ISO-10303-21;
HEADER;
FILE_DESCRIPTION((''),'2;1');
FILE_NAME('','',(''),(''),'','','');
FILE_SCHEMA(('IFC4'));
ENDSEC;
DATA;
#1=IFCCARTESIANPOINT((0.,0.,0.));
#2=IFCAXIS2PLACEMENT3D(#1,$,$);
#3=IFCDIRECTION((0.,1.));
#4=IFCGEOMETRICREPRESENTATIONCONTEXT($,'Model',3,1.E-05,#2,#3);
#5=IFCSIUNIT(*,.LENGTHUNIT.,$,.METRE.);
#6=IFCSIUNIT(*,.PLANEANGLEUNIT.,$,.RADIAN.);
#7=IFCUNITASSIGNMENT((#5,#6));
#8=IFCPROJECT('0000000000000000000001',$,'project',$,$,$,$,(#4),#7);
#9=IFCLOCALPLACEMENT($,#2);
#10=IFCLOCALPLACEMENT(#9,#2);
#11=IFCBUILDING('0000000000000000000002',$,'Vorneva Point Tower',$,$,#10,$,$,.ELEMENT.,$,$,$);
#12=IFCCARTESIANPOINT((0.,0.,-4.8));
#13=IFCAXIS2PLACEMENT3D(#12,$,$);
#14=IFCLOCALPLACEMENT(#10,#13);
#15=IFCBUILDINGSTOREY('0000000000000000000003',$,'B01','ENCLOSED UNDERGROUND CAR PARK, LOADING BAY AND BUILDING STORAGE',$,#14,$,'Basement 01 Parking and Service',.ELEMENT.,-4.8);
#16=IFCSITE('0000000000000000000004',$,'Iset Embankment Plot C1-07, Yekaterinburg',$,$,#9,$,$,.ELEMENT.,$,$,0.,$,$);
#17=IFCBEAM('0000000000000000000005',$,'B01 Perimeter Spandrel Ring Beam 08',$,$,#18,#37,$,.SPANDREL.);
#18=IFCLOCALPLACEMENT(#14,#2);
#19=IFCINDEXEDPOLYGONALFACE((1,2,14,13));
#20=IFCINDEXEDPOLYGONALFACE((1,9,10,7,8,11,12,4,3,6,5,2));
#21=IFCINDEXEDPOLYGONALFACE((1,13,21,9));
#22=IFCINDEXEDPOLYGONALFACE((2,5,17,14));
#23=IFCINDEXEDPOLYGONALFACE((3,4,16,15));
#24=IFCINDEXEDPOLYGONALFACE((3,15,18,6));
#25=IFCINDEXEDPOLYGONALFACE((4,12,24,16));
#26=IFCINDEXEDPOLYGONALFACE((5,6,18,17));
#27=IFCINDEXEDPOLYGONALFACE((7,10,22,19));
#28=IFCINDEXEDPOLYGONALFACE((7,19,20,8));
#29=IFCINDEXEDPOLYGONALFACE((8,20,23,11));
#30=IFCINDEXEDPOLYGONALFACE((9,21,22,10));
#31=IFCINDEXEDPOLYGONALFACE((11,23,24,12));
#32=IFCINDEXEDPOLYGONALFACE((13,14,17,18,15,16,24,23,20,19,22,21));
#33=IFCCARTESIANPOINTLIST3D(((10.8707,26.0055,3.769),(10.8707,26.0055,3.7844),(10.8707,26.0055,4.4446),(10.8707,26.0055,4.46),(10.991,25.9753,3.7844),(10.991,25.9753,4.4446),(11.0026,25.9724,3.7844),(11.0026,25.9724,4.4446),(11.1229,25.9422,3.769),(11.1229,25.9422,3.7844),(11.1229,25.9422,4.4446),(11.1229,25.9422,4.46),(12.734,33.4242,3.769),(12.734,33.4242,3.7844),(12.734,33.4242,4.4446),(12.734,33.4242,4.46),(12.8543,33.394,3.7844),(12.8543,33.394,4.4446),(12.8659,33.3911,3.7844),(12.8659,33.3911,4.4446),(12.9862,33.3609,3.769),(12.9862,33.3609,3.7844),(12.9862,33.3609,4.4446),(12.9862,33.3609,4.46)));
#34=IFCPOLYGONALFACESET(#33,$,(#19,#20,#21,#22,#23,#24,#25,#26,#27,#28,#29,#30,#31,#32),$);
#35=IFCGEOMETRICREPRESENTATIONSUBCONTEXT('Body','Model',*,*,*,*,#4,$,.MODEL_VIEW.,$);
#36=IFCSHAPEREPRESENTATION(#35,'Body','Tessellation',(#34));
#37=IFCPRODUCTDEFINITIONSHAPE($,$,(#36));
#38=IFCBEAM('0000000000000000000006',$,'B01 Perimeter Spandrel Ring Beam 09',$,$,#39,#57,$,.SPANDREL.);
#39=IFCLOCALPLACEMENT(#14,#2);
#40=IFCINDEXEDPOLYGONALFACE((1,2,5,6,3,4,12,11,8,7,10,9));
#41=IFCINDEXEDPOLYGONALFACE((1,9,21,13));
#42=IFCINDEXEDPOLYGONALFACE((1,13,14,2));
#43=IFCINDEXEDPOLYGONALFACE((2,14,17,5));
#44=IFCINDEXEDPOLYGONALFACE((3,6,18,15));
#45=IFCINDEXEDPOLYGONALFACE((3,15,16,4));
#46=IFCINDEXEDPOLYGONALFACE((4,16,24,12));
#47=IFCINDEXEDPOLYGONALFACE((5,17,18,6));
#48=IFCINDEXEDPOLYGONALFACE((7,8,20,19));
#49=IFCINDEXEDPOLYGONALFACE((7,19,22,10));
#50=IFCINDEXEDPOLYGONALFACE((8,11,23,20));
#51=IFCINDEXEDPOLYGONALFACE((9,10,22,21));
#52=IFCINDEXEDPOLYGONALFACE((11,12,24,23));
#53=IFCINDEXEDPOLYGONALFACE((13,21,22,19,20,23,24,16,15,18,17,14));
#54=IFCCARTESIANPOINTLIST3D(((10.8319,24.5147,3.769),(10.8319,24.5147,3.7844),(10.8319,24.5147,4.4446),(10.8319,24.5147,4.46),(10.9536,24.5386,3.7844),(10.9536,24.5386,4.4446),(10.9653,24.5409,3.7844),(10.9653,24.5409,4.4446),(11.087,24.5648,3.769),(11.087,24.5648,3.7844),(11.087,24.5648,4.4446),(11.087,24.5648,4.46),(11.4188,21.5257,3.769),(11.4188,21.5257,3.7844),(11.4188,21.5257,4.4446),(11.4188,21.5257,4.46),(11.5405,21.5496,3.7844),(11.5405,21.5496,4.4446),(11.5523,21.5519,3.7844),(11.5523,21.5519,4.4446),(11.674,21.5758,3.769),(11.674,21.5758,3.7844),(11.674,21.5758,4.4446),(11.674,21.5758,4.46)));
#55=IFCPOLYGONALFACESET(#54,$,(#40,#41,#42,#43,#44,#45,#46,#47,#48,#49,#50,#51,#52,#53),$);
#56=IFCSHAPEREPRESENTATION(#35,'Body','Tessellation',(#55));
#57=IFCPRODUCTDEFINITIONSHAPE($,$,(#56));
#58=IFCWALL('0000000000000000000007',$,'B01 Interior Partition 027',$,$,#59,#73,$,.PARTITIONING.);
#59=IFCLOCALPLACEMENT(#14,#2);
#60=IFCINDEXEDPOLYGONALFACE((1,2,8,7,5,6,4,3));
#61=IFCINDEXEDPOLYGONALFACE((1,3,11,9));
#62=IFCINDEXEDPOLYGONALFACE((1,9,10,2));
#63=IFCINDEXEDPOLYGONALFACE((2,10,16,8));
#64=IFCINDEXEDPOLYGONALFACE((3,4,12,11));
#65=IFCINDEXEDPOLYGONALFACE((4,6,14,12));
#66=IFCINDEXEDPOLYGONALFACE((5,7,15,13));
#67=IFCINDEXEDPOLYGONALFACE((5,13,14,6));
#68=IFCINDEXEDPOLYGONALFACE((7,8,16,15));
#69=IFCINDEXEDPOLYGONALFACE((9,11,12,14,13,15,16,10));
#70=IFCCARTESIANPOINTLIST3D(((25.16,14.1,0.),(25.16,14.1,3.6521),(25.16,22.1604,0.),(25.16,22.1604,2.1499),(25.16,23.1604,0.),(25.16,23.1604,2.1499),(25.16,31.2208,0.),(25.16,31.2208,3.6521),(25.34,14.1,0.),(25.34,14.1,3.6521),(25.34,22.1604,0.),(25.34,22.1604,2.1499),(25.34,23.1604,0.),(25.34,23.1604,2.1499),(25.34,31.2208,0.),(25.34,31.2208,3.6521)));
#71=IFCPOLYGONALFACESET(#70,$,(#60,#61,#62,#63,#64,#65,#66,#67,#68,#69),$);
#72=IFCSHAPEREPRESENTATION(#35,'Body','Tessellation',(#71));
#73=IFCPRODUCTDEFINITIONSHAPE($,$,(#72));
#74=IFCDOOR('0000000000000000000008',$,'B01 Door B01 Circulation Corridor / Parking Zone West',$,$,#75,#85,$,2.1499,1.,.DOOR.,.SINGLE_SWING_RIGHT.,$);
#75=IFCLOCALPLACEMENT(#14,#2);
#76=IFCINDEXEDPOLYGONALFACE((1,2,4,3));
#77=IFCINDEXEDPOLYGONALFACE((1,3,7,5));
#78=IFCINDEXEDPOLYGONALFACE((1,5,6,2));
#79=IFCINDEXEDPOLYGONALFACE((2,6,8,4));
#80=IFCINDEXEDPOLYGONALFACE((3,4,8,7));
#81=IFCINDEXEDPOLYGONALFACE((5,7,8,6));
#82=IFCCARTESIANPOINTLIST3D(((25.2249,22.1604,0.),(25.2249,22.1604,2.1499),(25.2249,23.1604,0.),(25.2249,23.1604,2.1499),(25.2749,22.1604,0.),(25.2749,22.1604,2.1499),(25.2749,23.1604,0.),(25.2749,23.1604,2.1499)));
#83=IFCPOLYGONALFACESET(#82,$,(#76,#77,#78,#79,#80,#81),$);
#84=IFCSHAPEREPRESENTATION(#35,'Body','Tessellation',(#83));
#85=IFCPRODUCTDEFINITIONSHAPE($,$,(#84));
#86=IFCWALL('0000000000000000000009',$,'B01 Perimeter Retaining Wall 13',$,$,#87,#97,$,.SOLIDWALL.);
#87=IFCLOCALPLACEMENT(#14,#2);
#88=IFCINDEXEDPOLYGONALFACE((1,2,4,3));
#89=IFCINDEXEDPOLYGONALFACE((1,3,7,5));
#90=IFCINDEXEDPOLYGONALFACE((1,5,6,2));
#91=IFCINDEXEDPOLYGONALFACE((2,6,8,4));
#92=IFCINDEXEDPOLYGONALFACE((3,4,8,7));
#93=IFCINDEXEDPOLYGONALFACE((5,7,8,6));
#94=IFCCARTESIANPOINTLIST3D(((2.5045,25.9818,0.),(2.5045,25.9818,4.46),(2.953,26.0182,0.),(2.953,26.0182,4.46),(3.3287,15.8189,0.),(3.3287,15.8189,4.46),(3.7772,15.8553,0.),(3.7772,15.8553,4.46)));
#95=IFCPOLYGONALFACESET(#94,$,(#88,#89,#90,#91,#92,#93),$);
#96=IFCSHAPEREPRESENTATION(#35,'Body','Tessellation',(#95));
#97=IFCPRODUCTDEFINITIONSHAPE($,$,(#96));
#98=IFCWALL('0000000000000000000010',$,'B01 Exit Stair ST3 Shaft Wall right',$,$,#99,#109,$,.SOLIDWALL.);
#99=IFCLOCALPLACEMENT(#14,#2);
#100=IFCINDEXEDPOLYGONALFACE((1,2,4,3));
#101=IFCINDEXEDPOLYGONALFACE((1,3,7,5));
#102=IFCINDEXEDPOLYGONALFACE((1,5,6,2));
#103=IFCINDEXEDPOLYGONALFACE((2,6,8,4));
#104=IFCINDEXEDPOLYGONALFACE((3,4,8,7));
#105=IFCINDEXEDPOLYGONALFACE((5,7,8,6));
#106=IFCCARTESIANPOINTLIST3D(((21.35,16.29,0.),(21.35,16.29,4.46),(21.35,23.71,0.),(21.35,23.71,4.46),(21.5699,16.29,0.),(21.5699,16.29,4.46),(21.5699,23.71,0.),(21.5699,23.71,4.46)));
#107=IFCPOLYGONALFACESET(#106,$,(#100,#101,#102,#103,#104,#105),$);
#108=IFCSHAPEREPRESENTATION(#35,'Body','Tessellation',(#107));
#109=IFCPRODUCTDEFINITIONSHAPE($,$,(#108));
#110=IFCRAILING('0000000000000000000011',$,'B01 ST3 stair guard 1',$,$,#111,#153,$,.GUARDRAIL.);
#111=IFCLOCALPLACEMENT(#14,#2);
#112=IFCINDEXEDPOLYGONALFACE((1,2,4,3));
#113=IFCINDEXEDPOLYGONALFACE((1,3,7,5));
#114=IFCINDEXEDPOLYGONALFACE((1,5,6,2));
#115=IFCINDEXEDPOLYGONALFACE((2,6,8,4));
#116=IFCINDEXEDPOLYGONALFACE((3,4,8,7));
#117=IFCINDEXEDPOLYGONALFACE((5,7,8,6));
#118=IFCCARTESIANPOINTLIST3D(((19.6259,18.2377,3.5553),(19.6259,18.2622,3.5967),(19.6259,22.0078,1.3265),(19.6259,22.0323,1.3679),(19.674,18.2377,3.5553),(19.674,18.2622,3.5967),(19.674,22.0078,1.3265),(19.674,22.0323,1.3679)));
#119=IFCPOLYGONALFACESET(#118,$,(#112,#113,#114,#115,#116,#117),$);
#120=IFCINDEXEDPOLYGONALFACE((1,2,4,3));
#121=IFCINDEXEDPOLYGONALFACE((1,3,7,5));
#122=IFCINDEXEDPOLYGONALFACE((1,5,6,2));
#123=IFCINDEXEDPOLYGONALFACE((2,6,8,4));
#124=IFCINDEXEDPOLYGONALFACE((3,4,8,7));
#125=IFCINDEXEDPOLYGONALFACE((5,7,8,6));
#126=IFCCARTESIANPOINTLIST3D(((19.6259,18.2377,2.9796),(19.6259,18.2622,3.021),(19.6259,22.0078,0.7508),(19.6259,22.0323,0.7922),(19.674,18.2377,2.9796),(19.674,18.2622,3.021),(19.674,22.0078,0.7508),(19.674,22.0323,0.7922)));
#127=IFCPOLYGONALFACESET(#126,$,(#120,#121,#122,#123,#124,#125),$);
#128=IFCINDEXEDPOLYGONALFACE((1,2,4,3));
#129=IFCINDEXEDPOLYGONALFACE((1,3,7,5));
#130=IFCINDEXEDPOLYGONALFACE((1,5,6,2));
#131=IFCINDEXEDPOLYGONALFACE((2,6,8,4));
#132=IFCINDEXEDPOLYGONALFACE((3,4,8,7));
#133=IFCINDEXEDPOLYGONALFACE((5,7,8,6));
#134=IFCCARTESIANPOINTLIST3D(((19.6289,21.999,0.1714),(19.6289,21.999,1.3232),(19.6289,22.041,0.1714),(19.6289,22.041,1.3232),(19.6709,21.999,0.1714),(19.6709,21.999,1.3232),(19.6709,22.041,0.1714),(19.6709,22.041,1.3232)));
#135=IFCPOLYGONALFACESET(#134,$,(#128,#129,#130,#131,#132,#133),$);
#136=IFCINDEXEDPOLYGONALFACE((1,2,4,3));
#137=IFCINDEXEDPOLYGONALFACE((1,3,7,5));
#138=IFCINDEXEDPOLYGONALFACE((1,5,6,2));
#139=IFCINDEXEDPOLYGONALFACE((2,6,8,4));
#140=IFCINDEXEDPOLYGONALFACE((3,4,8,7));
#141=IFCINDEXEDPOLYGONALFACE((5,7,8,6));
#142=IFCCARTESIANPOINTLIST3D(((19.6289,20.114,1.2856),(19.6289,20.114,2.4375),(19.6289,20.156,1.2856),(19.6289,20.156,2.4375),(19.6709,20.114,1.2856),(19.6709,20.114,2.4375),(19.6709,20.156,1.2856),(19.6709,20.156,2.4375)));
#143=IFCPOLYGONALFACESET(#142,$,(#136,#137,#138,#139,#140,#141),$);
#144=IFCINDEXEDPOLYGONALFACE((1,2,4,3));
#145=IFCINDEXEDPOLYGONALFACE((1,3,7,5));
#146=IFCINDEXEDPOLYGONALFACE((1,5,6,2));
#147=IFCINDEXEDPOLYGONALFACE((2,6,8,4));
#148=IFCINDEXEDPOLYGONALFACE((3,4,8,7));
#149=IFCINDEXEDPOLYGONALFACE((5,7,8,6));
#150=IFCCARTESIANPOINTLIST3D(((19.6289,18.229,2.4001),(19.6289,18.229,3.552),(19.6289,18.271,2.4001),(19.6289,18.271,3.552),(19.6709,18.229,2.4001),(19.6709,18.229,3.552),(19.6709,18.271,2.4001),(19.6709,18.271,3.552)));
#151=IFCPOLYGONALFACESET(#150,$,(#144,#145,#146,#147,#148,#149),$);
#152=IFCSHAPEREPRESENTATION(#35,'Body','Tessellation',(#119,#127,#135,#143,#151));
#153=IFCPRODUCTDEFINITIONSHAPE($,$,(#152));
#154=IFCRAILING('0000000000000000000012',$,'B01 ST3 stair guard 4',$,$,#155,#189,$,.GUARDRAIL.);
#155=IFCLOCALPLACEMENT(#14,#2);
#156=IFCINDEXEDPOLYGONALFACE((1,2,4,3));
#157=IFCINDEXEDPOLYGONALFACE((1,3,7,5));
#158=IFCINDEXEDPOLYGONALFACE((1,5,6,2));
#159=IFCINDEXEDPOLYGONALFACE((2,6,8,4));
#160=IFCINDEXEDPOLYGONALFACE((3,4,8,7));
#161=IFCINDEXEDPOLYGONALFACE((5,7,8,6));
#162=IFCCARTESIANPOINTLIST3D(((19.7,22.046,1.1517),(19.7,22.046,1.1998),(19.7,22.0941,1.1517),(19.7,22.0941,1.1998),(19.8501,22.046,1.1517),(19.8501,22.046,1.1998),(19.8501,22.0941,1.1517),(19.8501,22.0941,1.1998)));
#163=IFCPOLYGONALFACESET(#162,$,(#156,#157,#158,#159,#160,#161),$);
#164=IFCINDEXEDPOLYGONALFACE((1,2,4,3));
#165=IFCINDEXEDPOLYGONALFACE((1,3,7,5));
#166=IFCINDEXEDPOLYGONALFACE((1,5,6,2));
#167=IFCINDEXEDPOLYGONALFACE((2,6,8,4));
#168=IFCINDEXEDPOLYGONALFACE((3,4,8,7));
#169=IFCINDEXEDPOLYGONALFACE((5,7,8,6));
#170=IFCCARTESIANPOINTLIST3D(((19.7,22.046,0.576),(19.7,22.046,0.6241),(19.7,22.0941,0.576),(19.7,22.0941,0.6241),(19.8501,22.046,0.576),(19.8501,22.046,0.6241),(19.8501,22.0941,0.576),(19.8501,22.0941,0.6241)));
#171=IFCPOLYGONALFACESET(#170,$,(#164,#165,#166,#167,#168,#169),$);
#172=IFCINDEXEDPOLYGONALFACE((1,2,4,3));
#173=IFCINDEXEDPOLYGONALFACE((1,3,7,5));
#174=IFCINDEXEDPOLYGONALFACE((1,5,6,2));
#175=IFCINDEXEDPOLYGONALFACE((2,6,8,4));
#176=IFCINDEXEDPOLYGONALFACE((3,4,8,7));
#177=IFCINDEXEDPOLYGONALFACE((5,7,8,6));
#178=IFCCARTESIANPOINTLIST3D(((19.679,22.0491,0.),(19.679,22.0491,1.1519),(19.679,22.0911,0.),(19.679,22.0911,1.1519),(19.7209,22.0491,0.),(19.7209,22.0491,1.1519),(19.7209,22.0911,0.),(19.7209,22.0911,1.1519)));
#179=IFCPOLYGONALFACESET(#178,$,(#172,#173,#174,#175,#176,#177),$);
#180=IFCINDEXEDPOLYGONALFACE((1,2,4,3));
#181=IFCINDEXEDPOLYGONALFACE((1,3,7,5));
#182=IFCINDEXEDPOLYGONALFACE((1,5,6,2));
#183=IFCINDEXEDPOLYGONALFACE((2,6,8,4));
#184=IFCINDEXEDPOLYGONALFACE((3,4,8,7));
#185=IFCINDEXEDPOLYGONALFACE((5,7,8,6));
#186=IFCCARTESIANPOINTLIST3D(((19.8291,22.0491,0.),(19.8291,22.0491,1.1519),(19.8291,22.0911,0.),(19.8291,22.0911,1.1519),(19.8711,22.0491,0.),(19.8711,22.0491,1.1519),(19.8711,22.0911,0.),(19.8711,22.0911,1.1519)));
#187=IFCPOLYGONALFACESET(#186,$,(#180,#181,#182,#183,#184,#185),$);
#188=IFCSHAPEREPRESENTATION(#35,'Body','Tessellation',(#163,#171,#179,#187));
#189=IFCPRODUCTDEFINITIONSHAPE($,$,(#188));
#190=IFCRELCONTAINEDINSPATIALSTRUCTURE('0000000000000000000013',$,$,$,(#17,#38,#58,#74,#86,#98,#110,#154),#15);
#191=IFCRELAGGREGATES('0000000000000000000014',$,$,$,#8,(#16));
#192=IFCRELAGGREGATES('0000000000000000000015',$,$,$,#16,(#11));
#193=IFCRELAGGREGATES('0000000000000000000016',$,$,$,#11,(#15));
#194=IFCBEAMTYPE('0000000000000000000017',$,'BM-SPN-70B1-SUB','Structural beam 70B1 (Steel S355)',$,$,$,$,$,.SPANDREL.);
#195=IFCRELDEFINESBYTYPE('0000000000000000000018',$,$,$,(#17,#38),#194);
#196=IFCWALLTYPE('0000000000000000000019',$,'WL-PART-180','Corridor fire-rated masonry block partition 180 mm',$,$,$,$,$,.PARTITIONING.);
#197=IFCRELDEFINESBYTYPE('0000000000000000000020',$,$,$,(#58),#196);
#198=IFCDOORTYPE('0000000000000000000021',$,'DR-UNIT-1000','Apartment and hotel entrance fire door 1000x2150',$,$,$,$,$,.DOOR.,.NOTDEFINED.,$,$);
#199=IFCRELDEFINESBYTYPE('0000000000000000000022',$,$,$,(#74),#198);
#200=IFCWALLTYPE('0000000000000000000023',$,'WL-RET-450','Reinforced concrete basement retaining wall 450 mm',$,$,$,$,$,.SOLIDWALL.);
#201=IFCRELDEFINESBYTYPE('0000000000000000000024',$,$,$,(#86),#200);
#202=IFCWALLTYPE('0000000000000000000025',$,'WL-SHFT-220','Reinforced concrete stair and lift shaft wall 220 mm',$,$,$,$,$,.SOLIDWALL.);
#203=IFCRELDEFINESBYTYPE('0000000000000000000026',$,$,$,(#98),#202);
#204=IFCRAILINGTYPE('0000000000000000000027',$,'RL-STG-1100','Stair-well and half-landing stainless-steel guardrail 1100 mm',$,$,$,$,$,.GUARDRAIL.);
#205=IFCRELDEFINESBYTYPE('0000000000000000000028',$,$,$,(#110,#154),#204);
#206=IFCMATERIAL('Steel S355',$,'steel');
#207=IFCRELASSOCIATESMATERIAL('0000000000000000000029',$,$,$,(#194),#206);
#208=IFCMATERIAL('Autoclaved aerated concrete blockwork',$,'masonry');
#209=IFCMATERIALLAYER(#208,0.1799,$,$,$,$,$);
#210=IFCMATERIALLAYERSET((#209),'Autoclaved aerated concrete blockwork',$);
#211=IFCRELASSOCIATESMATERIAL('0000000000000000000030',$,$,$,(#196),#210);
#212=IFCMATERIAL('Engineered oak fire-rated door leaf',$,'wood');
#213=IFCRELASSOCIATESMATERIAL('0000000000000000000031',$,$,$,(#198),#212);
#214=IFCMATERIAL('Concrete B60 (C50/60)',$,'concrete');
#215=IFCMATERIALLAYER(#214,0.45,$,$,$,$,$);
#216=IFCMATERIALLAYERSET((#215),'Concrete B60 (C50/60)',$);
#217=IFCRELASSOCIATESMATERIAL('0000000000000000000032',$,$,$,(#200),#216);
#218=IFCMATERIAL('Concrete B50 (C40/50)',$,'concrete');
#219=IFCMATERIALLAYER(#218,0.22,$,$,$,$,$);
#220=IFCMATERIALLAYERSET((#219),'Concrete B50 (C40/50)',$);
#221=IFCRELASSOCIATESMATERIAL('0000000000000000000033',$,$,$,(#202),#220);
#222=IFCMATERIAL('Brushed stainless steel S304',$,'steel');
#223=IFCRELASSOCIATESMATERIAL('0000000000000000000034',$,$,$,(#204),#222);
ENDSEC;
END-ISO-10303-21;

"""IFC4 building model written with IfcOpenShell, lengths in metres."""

from ifc_helpers import new_model, si_unit, direction, frame, frame_2d, origin, origin_2d, place, context, subcontext, project, spatial, rectangle, i_section, extrude, material, layer, layer_set, material_profile, profile_set, type_object, element, fill, save


model = new_model("IFC4")

# Units and contexts
model_context = context("Model", 3, precision=1e-05, world=origin(), true_north=direction((0.0, 1.0)))
body_context = subcontext(model_context, "Body", "Model", "MODEL_VIEW")
ifc_project = project(units=[si_unit("LENGTHUNIT", "METRE"), si_unit("PLANEANGLEUNIT", "RADIAN")], contexts=[model_context])

# Site, building, storey
site_placement = place(None, origin())
site = spatial("IfcSite", under=ifc_project, at=site_placement, Name="Iset Embankment Plot C1-07, Yekaterinburg", CompositionType="ELEMENT", RefElevation=0.0)
building_placement = place(site_placement, origin())
building = spatial("IfcBuilding", under=site, at=building_placement, Name="Vorneva Point Tower", CompositionType="ELEMENT")
storey_placement = place(building_placement, frame((0.0, 0.0, -4.8)))
storey = spatial("IfcBuildingStorey", under=building, at=storey_placement, Name="B01", Description="ENCLOSED UNDERGROUND CAR PARK, LOADING BAY AND BUILDING STORAGE", LongName="Basement 01 Parking and Service", CompositionType="ELEMENT", Elevation=-4.8)

# Shared definitions
ifc_material_1 = material(Name="Concrete B60 (C50/60)", Category="concrete")

# Beams
ifc_material_2 = material(Name="Steel S355", Category="steel")
ifc_material_profile_1 = material_profile(ifc_material_2, i_section(OverallWidth=0.26, OverallDepth=0.6909, WebThickness=0.012, FlangeThickness=0.0154, at=origin_2d()), Name="70B1")
ifc_profile_set_1 = profile_set([ifc_material_profile_1], Name="Steel S355")
beam_type_1 = type_object("IfcBeamType", Name="BM-SPN-70B1-SUB", Description="Structural beam 70B1 (Steel S355)", PredefinedType="SPANDREL", material=ifc_profile_set_1)
beam_1_placement = place(storey_placement, frame((12.8601, 33.3926, 4.1145), z_axis=(-0.243594, -0.969877, 0.0), x_axis=(0.969877, -0.243594, 0.0)))
element("IfcBeam", 1, at=beam_1_placement, inside=storey, type_object=beam_type_1, Name="B01 Perimeter Spandrel Ring Beam 08", PredefinedType="SPANDREL", context=body_context, shape_type="SweptSolid", body=[
    extrude(i_section(OverallWidth=0.26, OverallDepth=0.6909, WebThickness=0.012, FlangeThickness=0.0154, at=origin_2d()), origin(), (0.0, 0.0, 1.0), 7.6492),
])
beam_2_placement = place(storey_placement, frame((10.9595, 24.5398, 4.1145), z_axis=(0.192678, -0.981262, 0.0), x_axis=(0.981262, 0.192678, 0.0)))
element("IfcBeam", 2, at=beam_2_placement, inside=storey, type_object=beam_type_1, Name="B01 Perimeter Spandrel Ring Beam 09", PredefinedType="SPANDREL", context=body_context, shape_type="SweptSolid", body=[
    extrude(i_section(OverallWidth=0.26, OverallDepth=0.6909, WebThickness=0.012, FlangeThickness=0.0154, at=origin_2d()), origin(), (0.0, 0.0, 1.0), 3.0461),
])

# Wall, opening, door
ifc_material_3 = material(Name="Autoclaved aerated concrete blockwork", Category="masonry")
ifc_layer_1 = layer(ifc_material_3, 0.1799)
ifc_layer_set_1 = layer_set([ifc_layer_1], Name="Autoclaved aerated concrete blockwork")
wall_type_1 = type_object("IfcWallType", Name="WL-PART-180", Description="Corridor fire-rated masonry block partition 180 mm", PredefinedType="PARTITIONING", material=ifc_layer_set_1)
wall_1_placement = place(storey_placement, frame((25.25, 31.2209, 0.0), z_axis=(0.0, 0.0, 1.0), x_axis=(0.0, -1.0, 0.0)))
wall_1 = element("IfcWall", 3, at=wall_1_placement, inside=storey, type_object=wall_type_1, Name="B01 Interior Partition 027", PredefinedType="PARTITIONING", context=body_context, shape_type="SweptSolid", body=[
    extrude(rectangle(XDim=17.1208, YDim=0.1799, at=frame_2d((8.5605, 0.0))), origin(), (0.0, 0.0, 1.0), 3.6521),
])
opening_1_placement = place(wall_1_placement, frame((8.0605, 0.0, 0.0)))
opening_1 = element("IfcOpeningElement", 4, at=opening_1_placement, cuts=wall_1, PredefinedType="OPENING", context=body_context, shape_type="SweptSolid", body=[
    extrude(rectangle(XDim=1.0, YDim=2.1499, at=frame_2d((0.5, 1.075))), frame((0.0, 0.105, 0.0), z_axis=(0.0, -1.0, 0.0), x_axis=(1.0, 0.0, 0.0)), (0.0, 0.0, 1.0), 0.2097),
])
ifc_material_4 = material(Name="Engineered oak fire-rated door leaf", Category="wood")
door_type_1 = type_object("IfcDoorType", Name="DR-UNIT-1000", Description="Apartment and hotel entrance fire door 1000x2150", OperationType="NOTDEFINED", PredefinedType="DOOR", material=ifc_material_4)
door_1_placement = place(opening_1_placement, origin())
door_1 = element("IfcDoor", 5, at=door_1_placement, inside=storey, type_object=door_type_1, Name="B01 Door B01 Circulation Corridor / Parking Zone West", OperationType="SINGLE_SWING_RIGHT", OverallHeight=2.1499, OverallWidth=1.0, PredefinedType="DOOR", context=body_context, shape_type="SweptSolid", body=[
    extrude(rectangle(XDim=1.0, YDim=2.1499, at=frame_2d((0.5, 1.075))), frame((0.0, 0.0249, 0.0), z_axis=(0.0, -1.0, 0.0), x_axis=(1.0, 0.0, 0.0)), (0.0, 0.0, 1.0), 0.05),
])
fill(opening_1, door_1)

# Wall
ifc_layer_2 = layer(ifc_material_1, 0.45)
ifc_layer_set_2 = layer_set([ifc_layer_2], Name="Concrete B60 (C50/60)")
wall_type_2 = type_object("IfcWallType", Name="WL-RET-450", Description="Reinforced concrete basement retaining wall 450 mm", PredefinedType="SOLIDWALL", material=ifc_layer_set_2)
wall_2_placement = place(storey_placement, frame((2.7288, 26.0, 0.0), z_axis=(0.0, 0.0, 1.0), x_axis=(0.080836, -0.996727, 0.0)))
element("IfcWall", 6, at=wall_2_placement, inside=storey, type_object=wall_type_2, Name="B01 Perimeter Retaining Wall 13", PredefinedType="SOLIDWALL", context=body_context, shape_type="SweptSolid", body=[
    extrude(rectangle(XDim=10.1963, YDim=0.45, at=frame_2d((5.0981, 0.0))), origin(), (0.0, 0.0, 1.0), 4.46),
])

# Shared definitions
ifc_material_5 = material(Name="Concrete B50 (C40/50)", Category="concrete")
ifc_layer_3 = layer(ifc_material_5, 0.22)
ifc_layer_set_3 = layer_set([ifc_layer_3], Name="Concrete B50 (C40/50)")
wall_type_3 = type_object("IfcWallType", Name="WL-SHFT-220", Description="Reinforced concrete stair and lift shaft wall 220 mm", PredefinedType="SOLIDWALL", material=ifc_layer_set_3)

# Wall
wall_3_placement = place(storey_placement, frame((21.46, 23.71, 0.0), z_axis=(0.0, 0.0, 1.0), x_axis=(0.0, -1.0, 0.0)))
element("IfcWall", 7, at=wall_3_placement, inside=storey, type_object=wall_type_3, Name="B01 Exit Stair ST3 Shaft Wall right", PredefinedType="SOLIDWALL", context=body_context, shape_type="SweptSolid", body=[
    extrude(rectangle(XDim=7.4199, YDim=0.22, at=frame_2d((3.71, 0.0))), origin(), (0.0, 0.0, 1.0), 4.46),
])

# Railings
ifc_material_6 = material(Name="Brushed stainless steel S304", Category="steel")
railing_type = type_object("IfcRailingType", Name="RL-STG-1100", Description="Stair-well and half-landing stainless-steel guardrail 1100 mm", PredefinedType="GUARDRAIL", material=ifc_material_6)
railing_1_placement = place(storey_placement, frame((19.6499, 22.02, 0.1714)))
element("IfcRailing", 8, at=railing_1_placement, inside=storey, type_object=railing_type, Name="B01 ST3 stair guard 1", PredefinedType="GUARDRAIL", context=body_context, shape_type="SweptSolid", body=[
    extrude(rectangle(XDim=0.0481, YDim=0.0481, at=origin_2d()), frame((0.0, 0.0, 1.1758), z_axis=(0.0, -0.860824, 0.508902), x_axis=(1.0, 0.0, 0.0)), (0.0, 0.0, 1.0), 4.3796),
    extrude(rectangle(XDim=0.0481, YDim=0.0481, at=origin_2d()), frame((0.0, 0.0, 0.6001), z_axis=(0.0, -0.860824, 0.508902), x_axis=(1.0, 0.0, 0.0)), (0.0, 0.0, 1.0), 4.3796),
    extrude(rectangle(XDim=0.042, YDim=0.042, at=origin_2d()), origin(), (0.0, 0.0, 1.0), 1.1519),
    extrude(rectangle(XDim=0.042, YDim=0.042, at=origin_2d()), frame((0.0, -1.885, 1.1143)), (0.0, 0.0, 1.0), 1.1519),
    extrude(rectangle(XDim=0.042, YDim=0.042, at=origin_2d()), frame((0.0, -3.77, 2.2288)), (0.0, 0.0, 1.0), 1.1519),
])
railing_2_placement = place(storey_placement, frame((19.7, 22.0701, 0.0)))
element("IfcRailing", 9, at=railing_2_placement, inside=storey, type_object=railing_type, Name="B01 ST3 stair guard 4", PredefinedType="GUARDRAIL", context=body_context, shape_type="SweptSolid", body=[
    extrude(rectangle(XDim=0.0481, YDim=0.0481, at=origin_2d()), frame((0.0, 0.0, 1.1758), z_axis=(1.0, 0.0, 0.0), x_axis=(0.0, 1.0, 0.0)), (0.0, 0.0, 1.0), 0.1501),
    extrude(rectangle(XDim=0.0481, YDim=0.0481, at=origin_2d()), frame((0.0, 0.0, 0.6001), z_axis=(1.0, 0.0, 0.0), x_axis=(0.0, 1.0, 0.0)), (0.0, 0.0, 1.0), 0.1501),
    extrude(rectangle(XDim=0.042, YDim=0.042, at=origin_2d()), origin(), (0.0, 0.0, 1.0), 1.1519),
    extrude(rectangle(XDim=0.042, YDim=0.042, at=origin_2d()), frame((0.1501, 0.0, 0.0)), (0.0, 0.0, 1.0), 1.1519),
])

save(model, "model.ifc")
